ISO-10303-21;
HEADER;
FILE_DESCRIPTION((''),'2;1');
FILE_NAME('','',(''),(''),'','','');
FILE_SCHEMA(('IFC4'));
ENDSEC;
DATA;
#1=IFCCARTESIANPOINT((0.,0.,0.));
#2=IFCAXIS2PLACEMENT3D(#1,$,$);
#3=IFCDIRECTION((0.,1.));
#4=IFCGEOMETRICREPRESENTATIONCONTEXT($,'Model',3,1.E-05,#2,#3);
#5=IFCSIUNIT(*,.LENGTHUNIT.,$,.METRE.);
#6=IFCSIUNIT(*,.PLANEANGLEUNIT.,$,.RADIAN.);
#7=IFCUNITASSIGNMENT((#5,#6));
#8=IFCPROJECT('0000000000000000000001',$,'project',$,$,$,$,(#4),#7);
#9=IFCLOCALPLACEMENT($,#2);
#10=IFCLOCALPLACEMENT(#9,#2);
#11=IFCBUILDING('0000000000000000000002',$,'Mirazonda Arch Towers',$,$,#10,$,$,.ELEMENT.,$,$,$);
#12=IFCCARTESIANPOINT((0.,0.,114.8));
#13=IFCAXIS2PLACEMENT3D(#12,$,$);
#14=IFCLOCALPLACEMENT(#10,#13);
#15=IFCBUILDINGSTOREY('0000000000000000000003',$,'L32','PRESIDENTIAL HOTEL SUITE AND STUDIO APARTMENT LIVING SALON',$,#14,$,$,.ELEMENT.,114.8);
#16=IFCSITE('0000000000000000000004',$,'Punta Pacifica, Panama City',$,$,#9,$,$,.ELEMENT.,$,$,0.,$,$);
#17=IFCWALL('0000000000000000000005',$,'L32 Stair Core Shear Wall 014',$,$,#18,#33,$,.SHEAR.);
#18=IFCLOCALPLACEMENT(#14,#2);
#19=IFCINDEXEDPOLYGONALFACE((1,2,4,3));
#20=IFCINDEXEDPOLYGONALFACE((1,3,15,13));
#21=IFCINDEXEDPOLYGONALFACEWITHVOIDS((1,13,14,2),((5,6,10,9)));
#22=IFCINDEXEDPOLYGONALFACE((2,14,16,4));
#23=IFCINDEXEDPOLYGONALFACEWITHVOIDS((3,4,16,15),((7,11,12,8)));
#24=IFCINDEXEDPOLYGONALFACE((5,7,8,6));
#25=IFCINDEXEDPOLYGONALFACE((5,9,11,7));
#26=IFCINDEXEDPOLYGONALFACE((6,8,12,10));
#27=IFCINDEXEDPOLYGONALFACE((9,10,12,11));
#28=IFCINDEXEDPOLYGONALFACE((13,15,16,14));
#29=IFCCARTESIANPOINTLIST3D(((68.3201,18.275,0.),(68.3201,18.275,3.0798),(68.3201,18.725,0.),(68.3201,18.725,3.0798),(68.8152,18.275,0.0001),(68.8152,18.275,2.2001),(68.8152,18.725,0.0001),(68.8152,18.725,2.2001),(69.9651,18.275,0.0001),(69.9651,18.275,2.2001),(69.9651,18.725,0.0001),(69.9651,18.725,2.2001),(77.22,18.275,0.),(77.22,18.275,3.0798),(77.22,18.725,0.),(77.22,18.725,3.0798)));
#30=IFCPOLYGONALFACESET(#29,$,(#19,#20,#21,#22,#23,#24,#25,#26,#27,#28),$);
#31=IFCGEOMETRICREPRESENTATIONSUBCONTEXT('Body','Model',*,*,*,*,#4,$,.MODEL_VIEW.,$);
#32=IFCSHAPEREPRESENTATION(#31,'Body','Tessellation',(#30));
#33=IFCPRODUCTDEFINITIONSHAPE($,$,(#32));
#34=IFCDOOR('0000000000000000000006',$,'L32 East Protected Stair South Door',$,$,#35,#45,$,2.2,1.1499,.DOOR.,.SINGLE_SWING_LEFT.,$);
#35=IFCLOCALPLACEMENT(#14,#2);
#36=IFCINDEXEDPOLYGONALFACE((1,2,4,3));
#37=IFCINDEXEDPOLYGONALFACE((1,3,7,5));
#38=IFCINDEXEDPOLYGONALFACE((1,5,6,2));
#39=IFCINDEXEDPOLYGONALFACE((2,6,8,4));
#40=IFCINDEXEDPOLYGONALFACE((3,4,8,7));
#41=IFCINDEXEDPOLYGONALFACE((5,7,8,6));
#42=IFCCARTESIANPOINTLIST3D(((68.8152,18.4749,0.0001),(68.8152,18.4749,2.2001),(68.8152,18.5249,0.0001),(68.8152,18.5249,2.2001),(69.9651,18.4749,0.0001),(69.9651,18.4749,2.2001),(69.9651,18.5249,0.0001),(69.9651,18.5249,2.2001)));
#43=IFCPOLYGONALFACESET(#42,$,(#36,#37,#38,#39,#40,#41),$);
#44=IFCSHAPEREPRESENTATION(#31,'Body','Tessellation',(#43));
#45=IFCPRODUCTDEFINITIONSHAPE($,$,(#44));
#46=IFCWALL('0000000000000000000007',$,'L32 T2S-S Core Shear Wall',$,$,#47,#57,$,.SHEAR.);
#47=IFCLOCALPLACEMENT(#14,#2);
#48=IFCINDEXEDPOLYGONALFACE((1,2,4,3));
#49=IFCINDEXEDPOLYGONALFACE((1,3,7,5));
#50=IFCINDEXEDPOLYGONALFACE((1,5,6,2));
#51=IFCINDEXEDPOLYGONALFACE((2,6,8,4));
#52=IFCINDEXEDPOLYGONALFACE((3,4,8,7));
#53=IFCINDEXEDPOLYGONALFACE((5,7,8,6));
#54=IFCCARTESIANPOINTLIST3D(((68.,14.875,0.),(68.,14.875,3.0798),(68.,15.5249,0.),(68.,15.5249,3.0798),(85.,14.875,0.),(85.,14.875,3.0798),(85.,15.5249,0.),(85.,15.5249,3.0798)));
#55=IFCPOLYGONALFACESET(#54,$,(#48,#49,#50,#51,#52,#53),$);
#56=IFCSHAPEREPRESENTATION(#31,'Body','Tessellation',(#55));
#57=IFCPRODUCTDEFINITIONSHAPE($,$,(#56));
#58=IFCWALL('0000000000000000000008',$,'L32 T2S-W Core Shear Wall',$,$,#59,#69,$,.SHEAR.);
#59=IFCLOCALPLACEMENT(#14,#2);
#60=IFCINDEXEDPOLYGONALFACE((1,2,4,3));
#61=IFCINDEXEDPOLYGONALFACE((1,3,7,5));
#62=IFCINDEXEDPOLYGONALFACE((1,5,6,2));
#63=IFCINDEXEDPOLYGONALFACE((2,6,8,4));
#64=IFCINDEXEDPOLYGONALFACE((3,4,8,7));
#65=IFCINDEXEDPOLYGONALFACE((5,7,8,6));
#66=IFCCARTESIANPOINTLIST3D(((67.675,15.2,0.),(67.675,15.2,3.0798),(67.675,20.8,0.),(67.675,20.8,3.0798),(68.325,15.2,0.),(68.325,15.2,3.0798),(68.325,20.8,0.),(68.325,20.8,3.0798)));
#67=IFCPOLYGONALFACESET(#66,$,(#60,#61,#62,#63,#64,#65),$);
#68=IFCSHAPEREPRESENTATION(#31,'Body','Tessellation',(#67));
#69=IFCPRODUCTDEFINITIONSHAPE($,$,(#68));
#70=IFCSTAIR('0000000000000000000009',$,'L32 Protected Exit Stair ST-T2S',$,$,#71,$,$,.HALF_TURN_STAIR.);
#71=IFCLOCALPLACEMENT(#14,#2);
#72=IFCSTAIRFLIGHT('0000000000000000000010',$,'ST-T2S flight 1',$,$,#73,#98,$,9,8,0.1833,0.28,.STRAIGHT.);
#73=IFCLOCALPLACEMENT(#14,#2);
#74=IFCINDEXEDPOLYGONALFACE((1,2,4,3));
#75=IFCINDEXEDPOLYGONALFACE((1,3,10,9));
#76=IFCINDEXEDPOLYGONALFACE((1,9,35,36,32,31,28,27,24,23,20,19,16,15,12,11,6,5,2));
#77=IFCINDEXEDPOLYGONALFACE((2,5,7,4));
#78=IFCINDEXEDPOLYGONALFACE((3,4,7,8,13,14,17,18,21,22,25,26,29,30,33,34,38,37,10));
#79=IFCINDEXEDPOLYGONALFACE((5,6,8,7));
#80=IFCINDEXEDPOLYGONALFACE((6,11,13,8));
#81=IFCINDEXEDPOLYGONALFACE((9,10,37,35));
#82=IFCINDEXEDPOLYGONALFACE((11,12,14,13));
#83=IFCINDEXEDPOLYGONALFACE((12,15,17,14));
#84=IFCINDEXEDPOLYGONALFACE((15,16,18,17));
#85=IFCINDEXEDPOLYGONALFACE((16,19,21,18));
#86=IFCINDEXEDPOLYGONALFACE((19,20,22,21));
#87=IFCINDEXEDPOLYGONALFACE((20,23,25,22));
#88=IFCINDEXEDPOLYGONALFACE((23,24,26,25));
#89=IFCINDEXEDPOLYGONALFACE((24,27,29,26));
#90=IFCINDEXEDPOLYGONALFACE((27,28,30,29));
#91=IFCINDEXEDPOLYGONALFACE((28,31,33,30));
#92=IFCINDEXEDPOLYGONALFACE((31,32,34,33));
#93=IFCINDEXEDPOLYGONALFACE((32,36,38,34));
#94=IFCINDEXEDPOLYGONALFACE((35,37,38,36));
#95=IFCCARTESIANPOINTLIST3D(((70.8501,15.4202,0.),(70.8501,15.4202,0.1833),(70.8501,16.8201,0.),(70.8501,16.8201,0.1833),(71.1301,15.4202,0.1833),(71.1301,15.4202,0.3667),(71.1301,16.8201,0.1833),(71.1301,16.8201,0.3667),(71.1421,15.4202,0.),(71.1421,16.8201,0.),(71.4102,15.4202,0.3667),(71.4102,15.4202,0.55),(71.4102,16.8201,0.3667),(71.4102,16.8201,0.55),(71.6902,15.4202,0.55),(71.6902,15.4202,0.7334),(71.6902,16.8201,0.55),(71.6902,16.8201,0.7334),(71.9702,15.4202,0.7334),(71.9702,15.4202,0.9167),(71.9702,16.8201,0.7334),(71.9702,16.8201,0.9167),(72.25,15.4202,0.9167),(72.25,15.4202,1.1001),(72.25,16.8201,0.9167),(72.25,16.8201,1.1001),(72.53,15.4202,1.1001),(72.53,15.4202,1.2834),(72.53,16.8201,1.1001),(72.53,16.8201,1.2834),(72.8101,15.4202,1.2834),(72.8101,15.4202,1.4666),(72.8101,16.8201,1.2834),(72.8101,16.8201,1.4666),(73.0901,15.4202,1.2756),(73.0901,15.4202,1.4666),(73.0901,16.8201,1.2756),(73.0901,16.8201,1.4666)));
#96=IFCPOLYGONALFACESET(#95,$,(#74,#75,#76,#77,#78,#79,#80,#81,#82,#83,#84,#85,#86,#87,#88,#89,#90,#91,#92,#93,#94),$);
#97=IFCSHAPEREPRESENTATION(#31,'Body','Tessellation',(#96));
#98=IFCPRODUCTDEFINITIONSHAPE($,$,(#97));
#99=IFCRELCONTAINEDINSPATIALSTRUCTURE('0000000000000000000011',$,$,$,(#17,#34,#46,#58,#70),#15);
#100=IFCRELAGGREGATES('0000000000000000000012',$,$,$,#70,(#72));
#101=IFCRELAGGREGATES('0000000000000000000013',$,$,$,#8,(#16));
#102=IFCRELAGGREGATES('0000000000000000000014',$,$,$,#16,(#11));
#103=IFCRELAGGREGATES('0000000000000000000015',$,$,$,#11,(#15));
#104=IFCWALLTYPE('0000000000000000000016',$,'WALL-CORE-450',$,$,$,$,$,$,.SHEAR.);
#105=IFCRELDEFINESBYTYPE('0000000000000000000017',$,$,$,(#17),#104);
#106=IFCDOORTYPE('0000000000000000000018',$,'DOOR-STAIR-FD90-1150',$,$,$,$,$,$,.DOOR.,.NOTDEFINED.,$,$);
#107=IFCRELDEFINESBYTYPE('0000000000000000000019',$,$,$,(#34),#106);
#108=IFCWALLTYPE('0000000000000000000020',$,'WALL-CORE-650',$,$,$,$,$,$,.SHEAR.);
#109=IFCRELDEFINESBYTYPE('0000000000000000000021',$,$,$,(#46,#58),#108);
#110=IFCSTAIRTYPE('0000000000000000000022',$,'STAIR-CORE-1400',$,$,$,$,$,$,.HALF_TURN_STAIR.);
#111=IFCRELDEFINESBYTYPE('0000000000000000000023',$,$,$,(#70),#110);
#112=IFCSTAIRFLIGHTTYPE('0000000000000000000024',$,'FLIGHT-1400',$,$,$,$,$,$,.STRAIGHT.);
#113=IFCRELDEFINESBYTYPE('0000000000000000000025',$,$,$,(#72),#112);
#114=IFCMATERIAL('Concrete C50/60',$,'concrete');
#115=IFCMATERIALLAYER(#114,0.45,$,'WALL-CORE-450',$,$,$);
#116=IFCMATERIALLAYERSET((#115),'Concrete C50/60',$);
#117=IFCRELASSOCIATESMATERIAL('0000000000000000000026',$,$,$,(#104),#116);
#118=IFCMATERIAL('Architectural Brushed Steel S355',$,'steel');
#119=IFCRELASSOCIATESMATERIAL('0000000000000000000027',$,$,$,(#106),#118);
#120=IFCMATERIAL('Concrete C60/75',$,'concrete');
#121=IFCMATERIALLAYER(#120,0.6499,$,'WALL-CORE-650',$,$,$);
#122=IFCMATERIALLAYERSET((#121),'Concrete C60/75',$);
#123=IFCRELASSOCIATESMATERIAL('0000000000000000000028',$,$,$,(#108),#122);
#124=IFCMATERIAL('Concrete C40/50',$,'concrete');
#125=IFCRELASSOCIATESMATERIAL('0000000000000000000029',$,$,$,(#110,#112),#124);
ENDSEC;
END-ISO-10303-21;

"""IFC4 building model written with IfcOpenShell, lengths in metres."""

from ifc_helpers import new_model, si_unit, direction, frame, frame_2d, origin, place, context, subcontext, project, spatial, polyline, rectangle, outline, extrude, material, layer, layer_set, type_object, element, fill, aggregate, save


model = new_model("IFC4")

# Units and contexts
model_context = context("Model", 3, precision=1e-05, world=origin(), true_north=direction((0.0, 1.0)))
body_context = subcontext(model_context, "Body", "Model", "MODEL_VIEW")
ifc_project = project(units=[si_unit("LENGTHUNIT", "METRE"), si_unit("PLANEANGLEUNIT", "RADIAN")], contexts=[model_context])

# Site, building, storey
site_placement = place(None, origin())
site = spatial("IfcSite", under=ifc_project, at=site_placement, Name="Punta Pacifica, Panama City", CompositionType="ELEMENT", RefElevation=0.0)
building_placement = place(site_placement, origin())
building = spatial("IfcBuilding", under=site, at=building_placement, Name="Mirazonda Arch Towers", CompositionType="ELEMENT")
storey_placement = place(building_placement, frame((0.0, 0.0, 114.8)))
storey = spatial("IfcBuildingStorey", under=building, at=storey_placement, Name="L32", Description="PRESIDENTIAL HOTEL SUITE AND STUDIO APARTMENT LIVING SALON", CompositionType="ELEMENT", Elevation=114.8)

# Shared definitions
ifc_material_1 = material(Name="Concrete C50/60", Category="concrete")
ifc_material_2 = material(Name="Concrete C60/75", Category="concrete")

# Wall, opening, door
ifc_layer_1 = layer(ifc_material_1, 0.45, Name="WALL-CORE-450")
ifc_layer_set_1 = layer_set([ifc_layer_1], Name="Concrete C50/60")
wall_type_1 = type_object("IfcWallType", Name="WALL-CORE-450", PredefinedType="SHEAR", material=ifc_layer_set_1)
wall_1_placement = place(storey_placement, frame((68.3201, 18.5, 0.0), z_axis=(0.0, 0.0, 1.0), x_axis=(1.0, 0.0, 0.0)))
wall_1 = element("IfcWall", 1, at=wall_1_placement, inside=storey, type_object=wall_type_1, Name="L32 Stair Core Shear Wall 014", PredefinedType="SHEAR", context=body_context, shape_type="SweptSolid", body=[
    extrude(rectangle(XDim=8.8999, YDim=0.45, at=frame_2d((4.45, 0.0))), origin(), (0.0, 0.0, 1.0), 3.0798),
])
opening_placement = place(wall_1_placement, frame((0.4951, 0.0, 0.0)))
opening = element("IfcOpeningElement", 2, at=opening_placement, cuts=wall_1, PredefinedType="OPENING", context=body_context, shape_type="SweptSolid", body=[
    extrude(rectangle(XDim=1.1499, YDim=2.2, at=frame_2d((0.575, 1.1001))), frame((0.0, 0.2349, 0.0), z_axis=(0.0, -1.0, 0.0), x_axis=(1.0, 0.0, 0.0)), (0.0, 0.0, 1.0), 0.47),
])
ifc_material_3 = material(Name="Architectural Brushed Steel S355", Category="steel")
door_type = type_object("IfcDoorType", Name="DOOR-STAIR-FD90-1150", OperationType="NOTDEFINED", PredefinedType="DOOR", material=ifc_material_3)
door_placement = place(opening_placement, origin())
door = element("IfcDoor", 3, at=door_placement, inside=storey, type_object=door_type, Name="L32 East Protected Stair South Door", OperationType="SINGLE_SWING_LEFT", OverallHeight=2.2, OverallWidth=1.1499, PredefinedType="DOOR", context=body_context, shape_type="SweptSolid", body=[
    extrude(rectangle(XDim=1.1499, YDim=2.2, at=frame_2d((0.575, 1.1001))), frame((0.0, 0.0249, 0.0), z_axis=(0.0, -1.0, 0.0), x_axis=(1.0, 0.0, 0.0)), (0.0, 0.0, 1.0), 0.05),
])
fill(opening, door)

# Walls
ifc_layer_2 = layer(ifc_material_2, 0.6499, Name="WALL-CORE-650")
ifc_layer_set_2 = layer_set([ifc_layer_2], Name="Concrete C60/75")
wall_type_2 = type_object("IfcWallType", Name="WALL-CORE-650", PredefinedType="SHEAR", material=ifc_layer_set_2)
wall_2_placement = place(storey_placement, frame((68.0, 15.2, 0.0), z_axis=(0.0, 0.0, 1.0), x_axis=(1.0, 0.0, 0.0)))
element("IfcWall", 4, at=wall_2_placement, inside=storey, type_object=wall_type_2, Name="L32 T2S-S Core Shear Wall", PredefinedType="SHEAR", context=body_context, shape_type="SweptSolid", body=[
    extrude(rectangle(XDim=17.0, YDim=0.6499, at=frame_2d((8.5, 0.0))), origin(), (0.0, 0.0, 1.0), 3.0798),
])
wall_3_placement = place(storey_placement, frame((68.0, 15.2, 0.0), z_axis=(0.0, 0.0, 1.0), x_axis=(0.0, 1.0, 0.0)))
element("IfcWall", 5, at=wall_3_placement, inside=storey, type_object=wall_type_2, Name="L32 T2S-W Core Shear Wall", PredefinedType="SHEAR", context=body_context, shape_type="SweptSolid", body=[
    extrude(rectangle(XDim=5.6001, YDim=0.6499, at=frame_2d((2.8, 0.0))), origin(), (0.0, 0.0, 1.0), 3.0798),
])

# Stair, stair flight
ifc_material_4 = material(Name="Concrete C40/50", Category="concrete")
stair_type = type_object("IfcStairType", Name="STAIR-CORE-1400", PredefinedType="HALF_TURN_STAIR", material=ifc_material_4)
stair_placement = place(storey_placement, origin())
stair = element("IfcStair", 6, at=stair_placement, inside=storey, type_object=stair_type, Name="L32 Protected Exit Stair ST-T2S", PredefinedType="HALF_TURN_STAIR")
stair_flight_type = type_object("IfcStairFlightType", Name="FLIGHT-1400", PredefinedType="STRAIGHT", material=ifc_material_4)
stair_flight_placement = place(storey_placement, frame((70.8501, 16.1201, 0.0), z_axis=(0.0, 0.0, 1.0), x_axis=(1.0, 0.0, 0.0)))
stair_flight = element("IfcStairFlight", 7, at=stair_flight_placement, type_object=stair_flight_type, Name="ST-T2S flight 1", NumberOfRisers=9, NumberOfTreads=8, PredefinedType="STRAIGHT", RiserHeight=0.1833, TreadLength=0.28, context=body_context, shape_type="SweptSolid", body=[
    extrude(outline(polyline([(0.0, 0.0), (0.0, 0.1833), (0.28, 0.1833), (0.28, 0.3667), (0.5601, 0.3667), (0.5601, 0.55), (0.8401, 0.55), (0.8401, 0.7334), (1.1201, 0.7334), (1.1201, 0.9167), (1.3999, 0.9167), (1.3999, 1.1001), (1.6799, 1.1001), (1.6799, 1.2834), (1.96, 1.2834), (1.96, 1.4666), (2.24, 1.4666), (2.24, 1.6499), (2.24, 1.2756), (0.292, 0.0), (0.0, 0.0)])), frame((0.0, 0.7, 0.0), z_axis=(0.0, -1.0, 0.0), x_axis=(1.0, 0.0, 0.0)), (0.0, 0.0, 1.0), 1.3999),
])
aggregate(stair, [stair_flight])

save(model, "model.ifc")
